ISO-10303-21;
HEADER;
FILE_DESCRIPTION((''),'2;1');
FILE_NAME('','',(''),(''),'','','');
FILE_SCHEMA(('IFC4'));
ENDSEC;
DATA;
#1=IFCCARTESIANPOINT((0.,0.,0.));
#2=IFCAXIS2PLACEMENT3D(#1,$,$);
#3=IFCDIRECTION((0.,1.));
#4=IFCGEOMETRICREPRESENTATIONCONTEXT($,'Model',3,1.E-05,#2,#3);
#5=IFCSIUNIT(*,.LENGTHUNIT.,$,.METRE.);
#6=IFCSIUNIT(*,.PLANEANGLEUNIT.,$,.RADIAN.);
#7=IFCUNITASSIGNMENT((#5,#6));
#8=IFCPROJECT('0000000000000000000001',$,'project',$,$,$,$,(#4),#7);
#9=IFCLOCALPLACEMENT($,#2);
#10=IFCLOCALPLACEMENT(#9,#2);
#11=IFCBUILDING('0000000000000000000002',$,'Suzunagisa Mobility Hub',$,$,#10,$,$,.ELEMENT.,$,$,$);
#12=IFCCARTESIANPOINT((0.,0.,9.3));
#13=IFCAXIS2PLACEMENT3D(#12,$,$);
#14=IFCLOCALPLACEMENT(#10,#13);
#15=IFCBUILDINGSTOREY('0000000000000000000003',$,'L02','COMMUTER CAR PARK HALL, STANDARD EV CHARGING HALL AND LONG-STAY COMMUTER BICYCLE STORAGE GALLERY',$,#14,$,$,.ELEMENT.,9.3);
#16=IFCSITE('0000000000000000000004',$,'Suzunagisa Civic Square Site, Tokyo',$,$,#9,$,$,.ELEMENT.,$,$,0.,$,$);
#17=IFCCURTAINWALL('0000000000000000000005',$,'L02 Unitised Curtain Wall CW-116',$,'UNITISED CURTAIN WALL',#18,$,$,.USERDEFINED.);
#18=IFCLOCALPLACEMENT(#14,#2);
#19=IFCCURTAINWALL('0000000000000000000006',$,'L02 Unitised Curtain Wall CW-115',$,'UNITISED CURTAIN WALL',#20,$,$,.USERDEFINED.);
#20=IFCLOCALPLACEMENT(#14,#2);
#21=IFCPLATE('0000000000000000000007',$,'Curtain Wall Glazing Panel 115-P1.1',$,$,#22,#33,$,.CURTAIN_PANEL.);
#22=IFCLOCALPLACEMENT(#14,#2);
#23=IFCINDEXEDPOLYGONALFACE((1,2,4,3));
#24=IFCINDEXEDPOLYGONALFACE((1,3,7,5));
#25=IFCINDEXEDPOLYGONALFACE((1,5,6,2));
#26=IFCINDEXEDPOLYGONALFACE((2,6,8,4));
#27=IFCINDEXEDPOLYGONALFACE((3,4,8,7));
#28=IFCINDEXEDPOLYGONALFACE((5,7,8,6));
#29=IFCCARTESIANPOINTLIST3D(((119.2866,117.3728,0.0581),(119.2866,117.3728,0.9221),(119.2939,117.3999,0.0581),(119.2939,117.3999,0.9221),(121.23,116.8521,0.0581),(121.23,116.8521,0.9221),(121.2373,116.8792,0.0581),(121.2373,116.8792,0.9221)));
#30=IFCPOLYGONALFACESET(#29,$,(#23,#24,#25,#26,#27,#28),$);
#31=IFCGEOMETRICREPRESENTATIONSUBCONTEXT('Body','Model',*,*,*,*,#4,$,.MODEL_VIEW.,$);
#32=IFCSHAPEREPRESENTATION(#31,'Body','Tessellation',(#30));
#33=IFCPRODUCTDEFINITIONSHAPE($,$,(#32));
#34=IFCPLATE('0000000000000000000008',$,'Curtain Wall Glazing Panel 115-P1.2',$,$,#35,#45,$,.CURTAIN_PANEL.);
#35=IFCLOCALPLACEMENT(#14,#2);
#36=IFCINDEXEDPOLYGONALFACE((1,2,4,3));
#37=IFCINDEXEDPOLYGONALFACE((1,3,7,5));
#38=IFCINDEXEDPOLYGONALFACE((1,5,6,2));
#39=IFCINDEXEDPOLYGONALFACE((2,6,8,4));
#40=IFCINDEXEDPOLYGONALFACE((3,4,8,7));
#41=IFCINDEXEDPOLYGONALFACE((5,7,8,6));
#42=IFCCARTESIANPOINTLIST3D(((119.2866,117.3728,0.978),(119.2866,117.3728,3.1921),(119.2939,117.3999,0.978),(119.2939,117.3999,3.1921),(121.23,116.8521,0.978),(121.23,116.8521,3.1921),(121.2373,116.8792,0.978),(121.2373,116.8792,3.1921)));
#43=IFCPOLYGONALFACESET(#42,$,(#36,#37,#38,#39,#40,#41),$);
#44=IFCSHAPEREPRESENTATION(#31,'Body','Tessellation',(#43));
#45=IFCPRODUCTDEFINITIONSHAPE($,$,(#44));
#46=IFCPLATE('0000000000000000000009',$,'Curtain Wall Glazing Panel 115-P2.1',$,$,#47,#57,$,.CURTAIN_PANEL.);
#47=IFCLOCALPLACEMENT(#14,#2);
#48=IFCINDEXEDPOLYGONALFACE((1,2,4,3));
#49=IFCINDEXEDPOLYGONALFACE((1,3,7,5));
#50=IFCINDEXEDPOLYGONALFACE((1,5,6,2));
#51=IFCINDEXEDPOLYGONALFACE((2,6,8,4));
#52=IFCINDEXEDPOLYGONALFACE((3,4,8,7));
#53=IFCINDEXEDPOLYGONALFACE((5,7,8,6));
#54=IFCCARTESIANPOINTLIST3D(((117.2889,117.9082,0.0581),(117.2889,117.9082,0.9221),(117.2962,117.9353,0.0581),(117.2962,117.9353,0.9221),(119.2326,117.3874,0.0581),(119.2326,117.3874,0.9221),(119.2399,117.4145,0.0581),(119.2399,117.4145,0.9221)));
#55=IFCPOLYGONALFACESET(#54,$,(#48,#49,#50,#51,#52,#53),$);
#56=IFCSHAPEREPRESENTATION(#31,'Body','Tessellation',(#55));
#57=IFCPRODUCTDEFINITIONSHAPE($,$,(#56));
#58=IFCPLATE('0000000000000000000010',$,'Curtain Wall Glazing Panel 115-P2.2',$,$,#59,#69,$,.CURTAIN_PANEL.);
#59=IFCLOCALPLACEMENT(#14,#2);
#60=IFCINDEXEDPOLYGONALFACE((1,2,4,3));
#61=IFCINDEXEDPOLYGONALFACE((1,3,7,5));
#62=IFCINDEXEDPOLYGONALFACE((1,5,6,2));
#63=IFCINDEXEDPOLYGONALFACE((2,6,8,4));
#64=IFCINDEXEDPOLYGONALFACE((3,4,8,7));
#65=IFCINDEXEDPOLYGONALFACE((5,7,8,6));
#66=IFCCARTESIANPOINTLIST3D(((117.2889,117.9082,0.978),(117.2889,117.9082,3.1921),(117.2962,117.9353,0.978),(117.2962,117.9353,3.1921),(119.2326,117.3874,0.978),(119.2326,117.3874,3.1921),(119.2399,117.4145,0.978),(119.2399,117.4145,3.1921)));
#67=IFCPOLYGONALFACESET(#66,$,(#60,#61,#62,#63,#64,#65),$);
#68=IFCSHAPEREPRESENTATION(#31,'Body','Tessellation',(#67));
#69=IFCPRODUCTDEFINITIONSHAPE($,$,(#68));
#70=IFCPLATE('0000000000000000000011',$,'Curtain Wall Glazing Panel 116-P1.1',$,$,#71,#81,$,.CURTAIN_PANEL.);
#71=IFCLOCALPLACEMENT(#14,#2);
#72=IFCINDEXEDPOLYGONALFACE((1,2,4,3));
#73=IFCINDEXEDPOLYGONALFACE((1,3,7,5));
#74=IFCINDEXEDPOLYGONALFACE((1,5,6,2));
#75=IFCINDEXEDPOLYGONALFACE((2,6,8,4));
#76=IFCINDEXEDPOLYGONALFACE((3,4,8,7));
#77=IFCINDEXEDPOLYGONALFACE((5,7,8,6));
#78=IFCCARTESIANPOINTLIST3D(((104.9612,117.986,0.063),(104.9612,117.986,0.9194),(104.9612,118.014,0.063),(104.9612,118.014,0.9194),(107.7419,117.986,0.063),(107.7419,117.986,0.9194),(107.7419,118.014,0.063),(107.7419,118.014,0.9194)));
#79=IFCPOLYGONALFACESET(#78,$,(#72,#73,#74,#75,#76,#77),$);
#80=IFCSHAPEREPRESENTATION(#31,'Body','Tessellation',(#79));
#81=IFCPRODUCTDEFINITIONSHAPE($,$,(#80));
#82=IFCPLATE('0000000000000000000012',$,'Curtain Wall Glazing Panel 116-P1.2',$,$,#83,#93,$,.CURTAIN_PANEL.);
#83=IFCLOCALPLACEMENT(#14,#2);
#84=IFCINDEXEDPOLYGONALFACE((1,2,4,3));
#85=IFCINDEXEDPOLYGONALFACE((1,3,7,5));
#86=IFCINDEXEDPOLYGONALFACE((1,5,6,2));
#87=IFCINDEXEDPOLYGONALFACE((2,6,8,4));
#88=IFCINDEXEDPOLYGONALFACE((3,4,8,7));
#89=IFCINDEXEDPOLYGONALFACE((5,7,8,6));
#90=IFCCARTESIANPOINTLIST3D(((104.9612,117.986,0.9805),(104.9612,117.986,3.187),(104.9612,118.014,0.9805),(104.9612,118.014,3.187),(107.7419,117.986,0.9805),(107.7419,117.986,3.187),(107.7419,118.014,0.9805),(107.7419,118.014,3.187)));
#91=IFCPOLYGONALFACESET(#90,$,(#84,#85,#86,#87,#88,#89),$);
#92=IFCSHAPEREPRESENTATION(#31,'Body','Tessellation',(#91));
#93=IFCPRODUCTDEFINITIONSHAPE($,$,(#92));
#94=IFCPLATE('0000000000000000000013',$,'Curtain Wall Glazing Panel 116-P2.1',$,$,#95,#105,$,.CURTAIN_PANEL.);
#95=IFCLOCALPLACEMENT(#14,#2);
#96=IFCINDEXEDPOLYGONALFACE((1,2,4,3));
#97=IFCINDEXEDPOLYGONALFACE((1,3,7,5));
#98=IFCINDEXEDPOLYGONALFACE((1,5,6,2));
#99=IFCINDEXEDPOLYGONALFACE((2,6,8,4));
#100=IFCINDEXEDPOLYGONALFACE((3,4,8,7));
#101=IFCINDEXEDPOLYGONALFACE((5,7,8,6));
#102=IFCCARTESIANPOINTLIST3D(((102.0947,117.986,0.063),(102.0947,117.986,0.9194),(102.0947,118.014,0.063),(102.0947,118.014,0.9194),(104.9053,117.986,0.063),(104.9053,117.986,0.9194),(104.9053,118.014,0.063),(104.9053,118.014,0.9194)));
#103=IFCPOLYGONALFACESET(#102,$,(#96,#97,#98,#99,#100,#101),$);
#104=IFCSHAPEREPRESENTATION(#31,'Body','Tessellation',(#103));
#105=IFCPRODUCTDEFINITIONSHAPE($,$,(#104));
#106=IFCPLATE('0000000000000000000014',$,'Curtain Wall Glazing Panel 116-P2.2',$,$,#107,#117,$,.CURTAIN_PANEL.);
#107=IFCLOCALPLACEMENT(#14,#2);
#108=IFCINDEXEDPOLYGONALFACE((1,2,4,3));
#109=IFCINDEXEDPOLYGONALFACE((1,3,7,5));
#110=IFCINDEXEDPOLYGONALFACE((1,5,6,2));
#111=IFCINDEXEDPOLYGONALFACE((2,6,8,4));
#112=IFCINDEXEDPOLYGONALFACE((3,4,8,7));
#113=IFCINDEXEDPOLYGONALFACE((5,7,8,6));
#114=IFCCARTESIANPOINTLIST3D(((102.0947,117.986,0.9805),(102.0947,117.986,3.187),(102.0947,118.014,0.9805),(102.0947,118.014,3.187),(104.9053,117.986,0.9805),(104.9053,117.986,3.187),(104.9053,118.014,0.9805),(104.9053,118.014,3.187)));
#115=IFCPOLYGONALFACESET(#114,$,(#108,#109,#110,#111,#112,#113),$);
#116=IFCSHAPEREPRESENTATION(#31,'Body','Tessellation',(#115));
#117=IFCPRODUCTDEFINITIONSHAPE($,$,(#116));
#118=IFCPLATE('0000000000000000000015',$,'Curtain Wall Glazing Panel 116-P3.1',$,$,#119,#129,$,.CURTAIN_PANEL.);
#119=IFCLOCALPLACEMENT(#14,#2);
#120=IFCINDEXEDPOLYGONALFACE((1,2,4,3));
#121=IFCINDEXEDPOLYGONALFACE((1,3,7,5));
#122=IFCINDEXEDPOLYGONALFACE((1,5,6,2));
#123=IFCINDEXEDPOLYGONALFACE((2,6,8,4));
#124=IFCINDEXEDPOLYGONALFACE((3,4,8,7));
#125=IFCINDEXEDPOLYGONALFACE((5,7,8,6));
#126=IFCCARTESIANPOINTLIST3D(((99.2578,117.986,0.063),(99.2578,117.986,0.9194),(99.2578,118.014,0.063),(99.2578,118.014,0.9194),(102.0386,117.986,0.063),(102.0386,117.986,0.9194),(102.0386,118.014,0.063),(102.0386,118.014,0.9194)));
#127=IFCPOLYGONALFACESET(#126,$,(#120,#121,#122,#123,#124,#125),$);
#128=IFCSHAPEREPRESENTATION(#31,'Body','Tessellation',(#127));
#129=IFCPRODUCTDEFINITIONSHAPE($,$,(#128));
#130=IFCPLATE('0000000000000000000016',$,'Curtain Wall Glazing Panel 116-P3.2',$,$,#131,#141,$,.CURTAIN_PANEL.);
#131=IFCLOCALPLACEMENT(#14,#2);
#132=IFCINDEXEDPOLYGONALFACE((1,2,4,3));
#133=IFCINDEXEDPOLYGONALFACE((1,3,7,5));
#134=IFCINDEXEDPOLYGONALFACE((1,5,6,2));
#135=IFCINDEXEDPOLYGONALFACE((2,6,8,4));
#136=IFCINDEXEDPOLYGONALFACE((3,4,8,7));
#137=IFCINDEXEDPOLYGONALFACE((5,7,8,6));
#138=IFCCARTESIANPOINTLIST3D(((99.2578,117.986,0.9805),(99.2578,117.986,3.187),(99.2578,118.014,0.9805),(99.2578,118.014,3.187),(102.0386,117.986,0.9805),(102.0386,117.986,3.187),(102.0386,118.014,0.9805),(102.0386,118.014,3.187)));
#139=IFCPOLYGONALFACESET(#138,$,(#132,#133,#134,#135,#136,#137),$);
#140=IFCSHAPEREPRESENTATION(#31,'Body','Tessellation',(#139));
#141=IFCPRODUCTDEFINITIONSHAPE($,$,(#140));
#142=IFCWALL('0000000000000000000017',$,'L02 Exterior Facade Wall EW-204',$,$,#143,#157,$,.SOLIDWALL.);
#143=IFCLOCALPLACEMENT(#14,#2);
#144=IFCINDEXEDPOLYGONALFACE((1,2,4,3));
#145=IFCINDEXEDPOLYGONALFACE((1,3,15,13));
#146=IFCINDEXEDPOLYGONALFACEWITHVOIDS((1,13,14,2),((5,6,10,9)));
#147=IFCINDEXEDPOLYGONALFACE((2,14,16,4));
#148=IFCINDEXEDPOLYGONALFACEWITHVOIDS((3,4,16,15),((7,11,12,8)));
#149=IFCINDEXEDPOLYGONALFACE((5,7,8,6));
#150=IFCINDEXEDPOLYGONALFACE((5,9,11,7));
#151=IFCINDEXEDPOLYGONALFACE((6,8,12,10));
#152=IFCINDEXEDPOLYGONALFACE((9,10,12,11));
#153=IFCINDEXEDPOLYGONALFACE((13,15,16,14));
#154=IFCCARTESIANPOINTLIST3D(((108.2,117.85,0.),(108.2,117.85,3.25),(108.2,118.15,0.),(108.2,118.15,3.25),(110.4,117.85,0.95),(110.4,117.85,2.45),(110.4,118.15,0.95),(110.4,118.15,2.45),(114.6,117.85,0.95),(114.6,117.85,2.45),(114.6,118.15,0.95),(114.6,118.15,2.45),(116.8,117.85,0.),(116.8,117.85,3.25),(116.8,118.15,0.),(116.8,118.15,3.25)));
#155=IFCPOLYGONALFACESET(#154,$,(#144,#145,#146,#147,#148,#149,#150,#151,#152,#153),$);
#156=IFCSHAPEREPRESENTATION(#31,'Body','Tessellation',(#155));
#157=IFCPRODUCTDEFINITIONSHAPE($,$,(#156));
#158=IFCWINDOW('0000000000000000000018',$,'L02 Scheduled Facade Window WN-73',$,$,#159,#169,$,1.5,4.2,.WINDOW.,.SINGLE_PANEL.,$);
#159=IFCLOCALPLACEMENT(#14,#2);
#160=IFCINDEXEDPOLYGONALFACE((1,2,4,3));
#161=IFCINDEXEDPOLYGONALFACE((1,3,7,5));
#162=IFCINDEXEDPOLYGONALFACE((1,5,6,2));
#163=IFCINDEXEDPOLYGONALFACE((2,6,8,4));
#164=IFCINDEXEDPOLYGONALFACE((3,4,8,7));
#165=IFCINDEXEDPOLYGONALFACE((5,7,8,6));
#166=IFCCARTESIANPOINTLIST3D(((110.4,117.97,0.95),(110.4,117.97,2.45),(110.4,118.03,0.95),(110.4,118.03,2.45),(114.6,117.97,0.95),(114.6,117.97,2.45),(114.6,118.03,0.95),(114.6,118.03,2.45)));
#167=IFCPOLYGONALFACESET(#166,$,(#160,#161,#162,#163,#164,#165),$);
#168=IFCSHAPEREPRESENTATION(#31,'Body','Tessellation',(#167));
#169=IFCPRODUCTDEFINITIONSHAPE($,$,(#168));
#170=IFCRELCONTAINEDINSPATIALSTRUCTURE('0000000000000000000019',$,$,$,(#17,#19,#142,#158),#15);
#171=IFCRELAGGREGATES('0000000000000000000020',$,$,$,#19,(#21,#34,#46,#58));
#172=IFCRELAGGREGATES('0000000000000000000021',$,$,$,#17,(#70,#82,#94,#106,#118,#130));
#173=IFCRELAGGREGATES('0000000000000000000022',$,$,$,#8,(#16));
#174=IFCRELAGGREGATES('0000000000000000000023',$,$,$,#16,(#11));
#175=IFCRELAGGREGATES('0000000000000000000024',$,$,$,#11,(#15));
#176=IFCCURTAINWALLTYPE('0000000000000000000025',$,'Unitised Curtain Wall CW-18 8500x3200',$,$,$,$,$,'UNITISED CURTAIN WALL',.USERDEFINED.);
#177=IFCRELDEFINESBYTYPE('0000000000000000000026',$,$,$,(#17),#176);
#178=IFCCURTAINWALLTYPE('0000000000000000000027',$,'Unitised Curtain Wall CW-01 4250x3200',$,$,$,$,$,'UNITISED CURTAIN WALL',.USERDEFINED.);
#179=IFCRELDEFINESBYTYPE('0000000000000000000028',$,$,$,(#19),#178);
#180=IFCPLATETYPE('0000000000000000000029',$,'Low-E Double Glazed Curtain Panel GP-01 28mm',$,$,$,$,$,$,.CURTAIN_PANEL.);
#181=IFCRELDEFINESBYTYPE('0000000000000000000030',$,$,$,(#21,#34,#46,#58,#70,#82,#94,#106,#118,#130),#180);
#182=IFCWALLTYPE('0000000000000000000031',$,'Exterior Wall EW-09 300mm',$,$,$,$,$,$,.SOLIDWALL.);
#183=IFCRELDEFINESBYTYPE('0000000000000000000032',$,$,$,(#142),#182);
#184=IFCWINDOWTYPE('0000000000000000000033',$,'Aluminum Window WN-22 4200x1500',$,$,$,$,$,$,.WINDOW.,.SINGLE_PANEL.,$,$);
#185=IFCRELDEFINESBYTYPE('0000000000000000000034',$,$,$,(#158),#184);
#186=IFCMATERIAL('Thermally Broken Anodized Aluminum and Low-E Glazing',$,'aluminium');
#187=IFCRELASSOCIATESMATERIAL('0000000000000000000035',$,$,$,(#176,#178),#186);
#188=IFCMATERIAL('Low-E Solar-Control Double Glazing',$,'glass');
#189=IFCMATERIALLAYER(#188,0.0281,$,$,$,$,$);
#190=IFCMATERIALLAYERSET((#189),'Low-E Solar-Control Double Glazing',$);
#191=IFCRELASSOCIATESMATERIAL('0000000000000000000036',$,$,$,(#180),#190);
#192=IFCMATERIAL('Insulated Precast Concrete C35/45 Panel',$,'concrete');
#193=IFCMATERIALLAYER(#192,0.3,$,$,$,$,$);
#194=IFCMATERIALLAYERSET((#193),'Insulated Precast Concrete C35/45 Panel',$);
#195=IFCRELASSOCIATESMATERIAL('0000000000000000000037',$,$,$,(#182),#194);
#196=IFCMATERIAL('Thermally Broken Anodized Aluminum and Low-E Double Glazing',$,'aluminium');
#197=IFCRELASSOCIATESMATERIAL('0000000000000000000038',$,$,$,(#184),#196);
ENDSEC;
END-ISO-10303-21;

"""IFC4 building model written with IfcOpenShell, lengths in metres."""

from ifc_helpers import new_model, si_unit, direction, frame, frame_2d, origin, origin_2d, place, context, subcontext, project, spatial, rectangle, extrude, material, layer, layer_set, type_object, element, fill, aggregate, save


model = new_model("IFC4")

# Units and contexts
model_context = context("Model", 3, precision=1e-05, world=origin(), true_north=direction((0.0, 1.0)))
body_context = subcontext(model_context, "Body", "Model", "MODEL_VIEW")
ifc_project = project(units=[si_unit("LENGTHUNIT", "METRE"), si_unit("PLANEANGLEUNIT", "RADIAN")], contexts=[model_context])

# Site, building, storey
site_placement = place(None, origin())
site = spatial("IfcSite", under=ifc_project, at=site_placement, Name="Suzunagisa Civic Square Site, Tokyo", CompositionType="ELEMENT", RefElevation=0.0)
building_placement = place(site_placement, origin())
building = spatial("IfcBuilding", under=site, at=building_placement, Name="Suzunagisa Mobility Hub", CompositionType="ELEMENT")
storey_placement = place(building_placement, frame((0.0, 0.0, 9.3)))
storey = spatial("IfcBuildingStorey", under=building, at=storey_placement, Name="L02", Description="COMMUTER CAR PARK HALL, STANDARD EV CHARGING HALL AND LONG-STAY COMMUTER BICYCLE STORAGE GALLERY", CompositionType="ELEMENT", Elevation=9.3)

# Curtain walls
ifc_material_1 = material(Name="Thermally Broken Anodized Aluminum and Low-E Glazing", Category="aluminium")
curtain_wall_type_1 = type_object("IfcCurtainWallType", Name="Unitised Curtain Wall CW-18 8500x3200", ElementType="UNITISED CURTAIN WALL", PredefinedType="USERDEFINED", material=ifc_material_1)
curtain_wall_1_placement = place(storey_placement, origin())
curtain_wall_1 = element("IfcCurtainWall", 1, at=curtain_wall_1_placement, inside=storey, type_object=curtain_wall_type_1, Name="L02 Unitised Curtain Wall CW-116", ObjectType="UNITISED CURTAIN WALL", PredefinedType="USERDEFINED")
curtain_wall_type_2 = type_object("IfcCurtainWallType", Name="Unitised Curtain Wall CW-01 4250x3200", ElementType="UNITISED CURTAIN WALL", PredefinedType="USERDEFINED", material=ifc_material_1)
curtain_wall_2_placement = place(storey_placement, origin())
curtain_wall_2 = element("IfcCurtainWall", 2, at=curtain_wall_2_placement, inside=storey, type_object=curtain_wall_type_2, Name="L02 Unitised Curtain Wall CW-115", ObjectType="UNITISED CURTAIN WALL", PredefinedType="USERDEFINED")

# Plates
ifc_material_2 = material(Name="Low-E Solar-Control Double Glazing", Category="glass")
ifc_layer_1 = layer(ifc_material_2, 0.0281)
ifc_layer_set_1 = layer_set([ifc_layer_1], Name="Low-E Solar-Control Double Glazing")
plate_type = type_object("IfcPlateType", Name="Low-E Double Glazed Curtain Panel GP-01 28mm", PredefinedType="CURTAIN_PANEL", material=ifc_layer_set_1)
plate_1_placement = place(storey_placement, frame((120.262, 117.126, 0.0581), z_axis=(0.0, 0.0, 1.0), x_axis=(-0.965927, 0.258814, 0.0)))
plate_1 = element("IfcPlate", 3, at=plate_1_placement, type_object=plate_type, Name="Curtain Wall Glazing Panel 115-P1.1", PredefinedType="CURTAIN_PANEL", context=body_context, shape_type="SweptSolid", body=[
    extrude(rectangle(XDim=2.012, YDim=0.0281, at=origin_2d()), origin(), (0.0, 0.0, 1.0), 0.864),
])
plate_2_placement = place(storey_placement, frame((120.262, 117.126, 0.978), z_axis=(0.0, 0.0, 1.0), x_axis=(-0.965927, 0.258814, 0.0)))
plate_2 = element("IfcPlate", 4, at=plate_2_placement, type_object=plate_type, Name="Curtain Wall Glazing Panel 115-P1.2", PredefinedType="CURTAIN_PANEL", context=body_context, shape_type="SweptSolid", body=[
    extrude(rectangle(XDim=2.012, YDim=0.0281, at=origin_2d()), origin(), (0.0, 0.0, 1.0), 2.2141),
])
plate_3_placement = place(storey_placement, frame((118.2644, 117.6614, 0.0581), z_axis=(0.0, 0.0, 1.0), x_axis=(-0.965927, 0.258814, 0.0)))
plate_3 = element("IfcPlate", 5, at=plate_3_placement, type_object=plate_type, Name="Curtain Wall Glazing Panel 115-P2.1", PredefinedType="CURTAIN_PANEL", context=body_context, shape_type="SweptSolid", body=[
    extrude(rectangle(XDim=2.0122, YDim=0.0281, at=origin_2d()), origin(), (0.0, 0.0, 1.0), 0.864),
])
plate_4_placement = place(storey_placement, frame((118.2644, 117.6614, 0.978), z_axis=(0.0, 0.0, 1.0), x_axis=(-0.965927, 0.258814, 0.0)))
plate_4 = element("IfcPlate", 6, at=plate_4_placement, type_object=plate_type, Name="Curtain Wall Glazing Panel 115-P2.2", PredefinedType="CURTAIN_PANEL", context=body_context, shape_type="SweptSolid", body=[
    extrude(rectangle(XDim=2.0122, YDim=0.0281, at=origin_2d()), origin(), (0.0, 0.0, 1.0), 2.2141),
])
aggregate(curtain_wall_2, [plate_1, plate_2, plate_3, plate_4])
plate_5_placement = place(storey_placement, frame((106.3516, 118.0, 0.063), z_axis=(0.0, 0.0, 1.0), x_axis=(-1.0, 0.0, 0.0)))
plate_5 = element("IfcPlate", 7, at=plate_5_placement, type_object=plate_type, Name="Curtain Wall Glazing Panel 116-P1.1", PredefinedType="CURTAIN_PANEL", context=body_context, shape_type="SweptSolid", body=[
    extrude(rectangle(XDim=2.7808, YDim=0.0281, at=origin_2d()), origin(), (0.0, 0.0, 1.0), 0.8564),
])
plate_6_placement = place(storey_placement, frame((106.3516, 118.0, 0.9805), z_axis=(0.0, 0.0, 1.0), x_axis=(-1.0, 0.0, 0.0)))
plate_6 = element("IfcPlate", 8, at=plate_6_placement, type_object=plate_type, Name="Curtain Wall Glazing Panel 116-P1.2", PredefinedType="CURTAIN_PANEL", context=body_context, shape_type="SweptSolid", body=[
    extrude(rectangle(XDim=2.7808, YDim=0.0281, at=origin_2d()), origin(), (0.0, 0.0, 1.0), 2.2065),
])
plate_7_placement = place(storey_placement, frame((103.5, 118.0, 0.063), z_axis=(0.0, 0.0, 1.0), x_axis=(-1.0, 0.0, 0.0)))
plate_7 = element("IfcPlate", 9, at=plate_7_placement, type_object=plate_type, Name="Curtain Wall Glazing Panel 116-P2.1", PredefinedType="CURTAIN_PANEL", context=body_context, shape_type="SweptSolid", body=[
    extrude(rectangle(XDim=2.8105, YDim=0.0281, at=origin_2d()), origin(), (0.0, 0.0, 1.0), 0.8564),
])
plate_8_placement = place(storey_placement, frame((103.5, 118.0, 0.9805), z_axis=(0.0, 0.0, 1.0), x_axis=(-1.0, 0.0, 0.0)))
plate_8 = element("IfcPlate", 10, at=plate_8_placement, type_object=plate_type, Name="Curtain Wall Glazing Panel 116-P2.2", PredefinedType="CURTAIN_PANEL", context=body_context, shape_type="SweptSolid", body=[
    extrude(rectangle(XDim=2.8105, YDim=0.0281, at=origin_2d()), origin(), (0.0, 0.0, 1.0), 2.2065),
])
plate_9_placement = place(storey_placement, frame((100.6482, 118.0, 0.063), z_axis=(0.0, 0.0, 1.0), x_axis=(-1.0, 0.0, 0.0)))
plate_9 = element("IfcPlate", 11, at=plate_9_placement, type_object=plate_type, Name="Curtain Wall Glazing Panel 116-P3.1", PredefinedType="CURTAIN_PANEL", context=body_context, shape_type="SweptSolid", body=[
    extrude(rectangle(XDim=2.7808, YDim=0.0281, at=origin_2d()), origin(), (0.0, 0.0, 1.0), 0.8564),
])
plate_10_placement = place(storey_placement, frame((100.6482, 118.0, 0.9805), z_axis=(0.0, 0.0, 1.0), x_axis=(-1.0, 0.0, 0.0)))
plate_10 = element("IfcPlate", 12, at=plate_10_placement, type_object=plate_type, Name="Curtain Wall Glazing Panel 116-P3.2", PredefinedType="CURTAIN_PANEL", context=body_context, shape_type="SweptSolid", body=[
    extrude(rectangle(XDim=2.7808, YDim=0.0281, at=origin_2d()), origin(), (0.0, 0.0, 1.0), 2.2065),
])
aggregate(curtain_wall_1, [plate_5, plate_6, plate_7, plate_8, plate_9, plate_10])

# Wall, opening, window
ifc_material_3 = material(Name="Insulated Precast Concrete C35/45 Panel", Category="concrete")
ifc_layer_2 = layer(ifc_material_3, 0.3)
ifc_layer_set_2 = layer_set([ifc_layer_2], Name="Insulated Precast Concrete C35/45 Panel")
wall_type = type_object("IfcWallType", Name="Exterior Wall EW-09 300mm", PredefinedType="SOLIDWALL", material=ifc_layer_set_2)
wall_placement = place(storey_placement, frame((116.8, 118.0, 0.0), z_axis=(0.0, 0.0, 1.0), x_axis=(-1.0, 0.0, 0.0)))
wall = element("IfcWall", 13, at=wall_placement, inside=storey, type_object=wall_type, Name="L02 Exterior Facade Wall EW-204", PredefinedType="SOLIDWALL", context=body_context, shape_type="SweptSolid", body=[
    extrude(rectangle(XDim=8.6001, YDim=0.3, at=frame_2d((4.3, 0.0))), origin(), (0.0, 0.0, 1.0), 3.25),
])
opening_placement = place(wall_placement, frame((2.2, 0.0, 0.95)))
opening = element("IfcOpeningElement", 14, at=opening_placement, cuts=wall, PredefinedType="OPENING", context=body_context, shape_type="SweptSolid", body=[
    extrude(rectangle(XDim=4.2, YDim=1.5, at=frame_2d((2.1001, 0.75))), frame((0.0, 0.1611, 0.0), z_axis=(0.0, -1.0, 0.0), x_axis=(1.0, 0.0, 0.0)), (0.0, 0.0, 1.0), 0.322),
])
ifc_material_4 = material(Name="Thermally Broken Anodized Aluminum and Low-E Double Glazing", Category="aluminium")
window_type = type_object("IfcWindowType", Name="Aluminum Window WN-22 4200x1500", PartitioningType="SINGLE_PANEL", PredefinedType="WINDOW", material=ifc_material_4)
window_placement = place(opening_placement, origin())
window = element("IfcWindow", 15, at=window_placement, inside=storey, type_object=window_type, Name="L02 Scheduled Facade Window WN-73", OverallHeight=1.5, OverallWidth=4.2, PartitioningType="SINGLE_PANEL", PredefinedType="WINDOW", context=body_context, shape_type="SweptSolid", body=[
    extrude(rectangle(XDim=4.2, YDim=1.5, at=frame_2d((2.1001, 0.75))), frame((0.0, 0.03, 0.0), z_axis=(0.0, -1.0, 0.0), x_axis=(1.0, 0.0, 0.0)), (0.0, 0.0, 1.0), 0.0601),
])
fill(opening, window)

save(model, "model.ifc")
